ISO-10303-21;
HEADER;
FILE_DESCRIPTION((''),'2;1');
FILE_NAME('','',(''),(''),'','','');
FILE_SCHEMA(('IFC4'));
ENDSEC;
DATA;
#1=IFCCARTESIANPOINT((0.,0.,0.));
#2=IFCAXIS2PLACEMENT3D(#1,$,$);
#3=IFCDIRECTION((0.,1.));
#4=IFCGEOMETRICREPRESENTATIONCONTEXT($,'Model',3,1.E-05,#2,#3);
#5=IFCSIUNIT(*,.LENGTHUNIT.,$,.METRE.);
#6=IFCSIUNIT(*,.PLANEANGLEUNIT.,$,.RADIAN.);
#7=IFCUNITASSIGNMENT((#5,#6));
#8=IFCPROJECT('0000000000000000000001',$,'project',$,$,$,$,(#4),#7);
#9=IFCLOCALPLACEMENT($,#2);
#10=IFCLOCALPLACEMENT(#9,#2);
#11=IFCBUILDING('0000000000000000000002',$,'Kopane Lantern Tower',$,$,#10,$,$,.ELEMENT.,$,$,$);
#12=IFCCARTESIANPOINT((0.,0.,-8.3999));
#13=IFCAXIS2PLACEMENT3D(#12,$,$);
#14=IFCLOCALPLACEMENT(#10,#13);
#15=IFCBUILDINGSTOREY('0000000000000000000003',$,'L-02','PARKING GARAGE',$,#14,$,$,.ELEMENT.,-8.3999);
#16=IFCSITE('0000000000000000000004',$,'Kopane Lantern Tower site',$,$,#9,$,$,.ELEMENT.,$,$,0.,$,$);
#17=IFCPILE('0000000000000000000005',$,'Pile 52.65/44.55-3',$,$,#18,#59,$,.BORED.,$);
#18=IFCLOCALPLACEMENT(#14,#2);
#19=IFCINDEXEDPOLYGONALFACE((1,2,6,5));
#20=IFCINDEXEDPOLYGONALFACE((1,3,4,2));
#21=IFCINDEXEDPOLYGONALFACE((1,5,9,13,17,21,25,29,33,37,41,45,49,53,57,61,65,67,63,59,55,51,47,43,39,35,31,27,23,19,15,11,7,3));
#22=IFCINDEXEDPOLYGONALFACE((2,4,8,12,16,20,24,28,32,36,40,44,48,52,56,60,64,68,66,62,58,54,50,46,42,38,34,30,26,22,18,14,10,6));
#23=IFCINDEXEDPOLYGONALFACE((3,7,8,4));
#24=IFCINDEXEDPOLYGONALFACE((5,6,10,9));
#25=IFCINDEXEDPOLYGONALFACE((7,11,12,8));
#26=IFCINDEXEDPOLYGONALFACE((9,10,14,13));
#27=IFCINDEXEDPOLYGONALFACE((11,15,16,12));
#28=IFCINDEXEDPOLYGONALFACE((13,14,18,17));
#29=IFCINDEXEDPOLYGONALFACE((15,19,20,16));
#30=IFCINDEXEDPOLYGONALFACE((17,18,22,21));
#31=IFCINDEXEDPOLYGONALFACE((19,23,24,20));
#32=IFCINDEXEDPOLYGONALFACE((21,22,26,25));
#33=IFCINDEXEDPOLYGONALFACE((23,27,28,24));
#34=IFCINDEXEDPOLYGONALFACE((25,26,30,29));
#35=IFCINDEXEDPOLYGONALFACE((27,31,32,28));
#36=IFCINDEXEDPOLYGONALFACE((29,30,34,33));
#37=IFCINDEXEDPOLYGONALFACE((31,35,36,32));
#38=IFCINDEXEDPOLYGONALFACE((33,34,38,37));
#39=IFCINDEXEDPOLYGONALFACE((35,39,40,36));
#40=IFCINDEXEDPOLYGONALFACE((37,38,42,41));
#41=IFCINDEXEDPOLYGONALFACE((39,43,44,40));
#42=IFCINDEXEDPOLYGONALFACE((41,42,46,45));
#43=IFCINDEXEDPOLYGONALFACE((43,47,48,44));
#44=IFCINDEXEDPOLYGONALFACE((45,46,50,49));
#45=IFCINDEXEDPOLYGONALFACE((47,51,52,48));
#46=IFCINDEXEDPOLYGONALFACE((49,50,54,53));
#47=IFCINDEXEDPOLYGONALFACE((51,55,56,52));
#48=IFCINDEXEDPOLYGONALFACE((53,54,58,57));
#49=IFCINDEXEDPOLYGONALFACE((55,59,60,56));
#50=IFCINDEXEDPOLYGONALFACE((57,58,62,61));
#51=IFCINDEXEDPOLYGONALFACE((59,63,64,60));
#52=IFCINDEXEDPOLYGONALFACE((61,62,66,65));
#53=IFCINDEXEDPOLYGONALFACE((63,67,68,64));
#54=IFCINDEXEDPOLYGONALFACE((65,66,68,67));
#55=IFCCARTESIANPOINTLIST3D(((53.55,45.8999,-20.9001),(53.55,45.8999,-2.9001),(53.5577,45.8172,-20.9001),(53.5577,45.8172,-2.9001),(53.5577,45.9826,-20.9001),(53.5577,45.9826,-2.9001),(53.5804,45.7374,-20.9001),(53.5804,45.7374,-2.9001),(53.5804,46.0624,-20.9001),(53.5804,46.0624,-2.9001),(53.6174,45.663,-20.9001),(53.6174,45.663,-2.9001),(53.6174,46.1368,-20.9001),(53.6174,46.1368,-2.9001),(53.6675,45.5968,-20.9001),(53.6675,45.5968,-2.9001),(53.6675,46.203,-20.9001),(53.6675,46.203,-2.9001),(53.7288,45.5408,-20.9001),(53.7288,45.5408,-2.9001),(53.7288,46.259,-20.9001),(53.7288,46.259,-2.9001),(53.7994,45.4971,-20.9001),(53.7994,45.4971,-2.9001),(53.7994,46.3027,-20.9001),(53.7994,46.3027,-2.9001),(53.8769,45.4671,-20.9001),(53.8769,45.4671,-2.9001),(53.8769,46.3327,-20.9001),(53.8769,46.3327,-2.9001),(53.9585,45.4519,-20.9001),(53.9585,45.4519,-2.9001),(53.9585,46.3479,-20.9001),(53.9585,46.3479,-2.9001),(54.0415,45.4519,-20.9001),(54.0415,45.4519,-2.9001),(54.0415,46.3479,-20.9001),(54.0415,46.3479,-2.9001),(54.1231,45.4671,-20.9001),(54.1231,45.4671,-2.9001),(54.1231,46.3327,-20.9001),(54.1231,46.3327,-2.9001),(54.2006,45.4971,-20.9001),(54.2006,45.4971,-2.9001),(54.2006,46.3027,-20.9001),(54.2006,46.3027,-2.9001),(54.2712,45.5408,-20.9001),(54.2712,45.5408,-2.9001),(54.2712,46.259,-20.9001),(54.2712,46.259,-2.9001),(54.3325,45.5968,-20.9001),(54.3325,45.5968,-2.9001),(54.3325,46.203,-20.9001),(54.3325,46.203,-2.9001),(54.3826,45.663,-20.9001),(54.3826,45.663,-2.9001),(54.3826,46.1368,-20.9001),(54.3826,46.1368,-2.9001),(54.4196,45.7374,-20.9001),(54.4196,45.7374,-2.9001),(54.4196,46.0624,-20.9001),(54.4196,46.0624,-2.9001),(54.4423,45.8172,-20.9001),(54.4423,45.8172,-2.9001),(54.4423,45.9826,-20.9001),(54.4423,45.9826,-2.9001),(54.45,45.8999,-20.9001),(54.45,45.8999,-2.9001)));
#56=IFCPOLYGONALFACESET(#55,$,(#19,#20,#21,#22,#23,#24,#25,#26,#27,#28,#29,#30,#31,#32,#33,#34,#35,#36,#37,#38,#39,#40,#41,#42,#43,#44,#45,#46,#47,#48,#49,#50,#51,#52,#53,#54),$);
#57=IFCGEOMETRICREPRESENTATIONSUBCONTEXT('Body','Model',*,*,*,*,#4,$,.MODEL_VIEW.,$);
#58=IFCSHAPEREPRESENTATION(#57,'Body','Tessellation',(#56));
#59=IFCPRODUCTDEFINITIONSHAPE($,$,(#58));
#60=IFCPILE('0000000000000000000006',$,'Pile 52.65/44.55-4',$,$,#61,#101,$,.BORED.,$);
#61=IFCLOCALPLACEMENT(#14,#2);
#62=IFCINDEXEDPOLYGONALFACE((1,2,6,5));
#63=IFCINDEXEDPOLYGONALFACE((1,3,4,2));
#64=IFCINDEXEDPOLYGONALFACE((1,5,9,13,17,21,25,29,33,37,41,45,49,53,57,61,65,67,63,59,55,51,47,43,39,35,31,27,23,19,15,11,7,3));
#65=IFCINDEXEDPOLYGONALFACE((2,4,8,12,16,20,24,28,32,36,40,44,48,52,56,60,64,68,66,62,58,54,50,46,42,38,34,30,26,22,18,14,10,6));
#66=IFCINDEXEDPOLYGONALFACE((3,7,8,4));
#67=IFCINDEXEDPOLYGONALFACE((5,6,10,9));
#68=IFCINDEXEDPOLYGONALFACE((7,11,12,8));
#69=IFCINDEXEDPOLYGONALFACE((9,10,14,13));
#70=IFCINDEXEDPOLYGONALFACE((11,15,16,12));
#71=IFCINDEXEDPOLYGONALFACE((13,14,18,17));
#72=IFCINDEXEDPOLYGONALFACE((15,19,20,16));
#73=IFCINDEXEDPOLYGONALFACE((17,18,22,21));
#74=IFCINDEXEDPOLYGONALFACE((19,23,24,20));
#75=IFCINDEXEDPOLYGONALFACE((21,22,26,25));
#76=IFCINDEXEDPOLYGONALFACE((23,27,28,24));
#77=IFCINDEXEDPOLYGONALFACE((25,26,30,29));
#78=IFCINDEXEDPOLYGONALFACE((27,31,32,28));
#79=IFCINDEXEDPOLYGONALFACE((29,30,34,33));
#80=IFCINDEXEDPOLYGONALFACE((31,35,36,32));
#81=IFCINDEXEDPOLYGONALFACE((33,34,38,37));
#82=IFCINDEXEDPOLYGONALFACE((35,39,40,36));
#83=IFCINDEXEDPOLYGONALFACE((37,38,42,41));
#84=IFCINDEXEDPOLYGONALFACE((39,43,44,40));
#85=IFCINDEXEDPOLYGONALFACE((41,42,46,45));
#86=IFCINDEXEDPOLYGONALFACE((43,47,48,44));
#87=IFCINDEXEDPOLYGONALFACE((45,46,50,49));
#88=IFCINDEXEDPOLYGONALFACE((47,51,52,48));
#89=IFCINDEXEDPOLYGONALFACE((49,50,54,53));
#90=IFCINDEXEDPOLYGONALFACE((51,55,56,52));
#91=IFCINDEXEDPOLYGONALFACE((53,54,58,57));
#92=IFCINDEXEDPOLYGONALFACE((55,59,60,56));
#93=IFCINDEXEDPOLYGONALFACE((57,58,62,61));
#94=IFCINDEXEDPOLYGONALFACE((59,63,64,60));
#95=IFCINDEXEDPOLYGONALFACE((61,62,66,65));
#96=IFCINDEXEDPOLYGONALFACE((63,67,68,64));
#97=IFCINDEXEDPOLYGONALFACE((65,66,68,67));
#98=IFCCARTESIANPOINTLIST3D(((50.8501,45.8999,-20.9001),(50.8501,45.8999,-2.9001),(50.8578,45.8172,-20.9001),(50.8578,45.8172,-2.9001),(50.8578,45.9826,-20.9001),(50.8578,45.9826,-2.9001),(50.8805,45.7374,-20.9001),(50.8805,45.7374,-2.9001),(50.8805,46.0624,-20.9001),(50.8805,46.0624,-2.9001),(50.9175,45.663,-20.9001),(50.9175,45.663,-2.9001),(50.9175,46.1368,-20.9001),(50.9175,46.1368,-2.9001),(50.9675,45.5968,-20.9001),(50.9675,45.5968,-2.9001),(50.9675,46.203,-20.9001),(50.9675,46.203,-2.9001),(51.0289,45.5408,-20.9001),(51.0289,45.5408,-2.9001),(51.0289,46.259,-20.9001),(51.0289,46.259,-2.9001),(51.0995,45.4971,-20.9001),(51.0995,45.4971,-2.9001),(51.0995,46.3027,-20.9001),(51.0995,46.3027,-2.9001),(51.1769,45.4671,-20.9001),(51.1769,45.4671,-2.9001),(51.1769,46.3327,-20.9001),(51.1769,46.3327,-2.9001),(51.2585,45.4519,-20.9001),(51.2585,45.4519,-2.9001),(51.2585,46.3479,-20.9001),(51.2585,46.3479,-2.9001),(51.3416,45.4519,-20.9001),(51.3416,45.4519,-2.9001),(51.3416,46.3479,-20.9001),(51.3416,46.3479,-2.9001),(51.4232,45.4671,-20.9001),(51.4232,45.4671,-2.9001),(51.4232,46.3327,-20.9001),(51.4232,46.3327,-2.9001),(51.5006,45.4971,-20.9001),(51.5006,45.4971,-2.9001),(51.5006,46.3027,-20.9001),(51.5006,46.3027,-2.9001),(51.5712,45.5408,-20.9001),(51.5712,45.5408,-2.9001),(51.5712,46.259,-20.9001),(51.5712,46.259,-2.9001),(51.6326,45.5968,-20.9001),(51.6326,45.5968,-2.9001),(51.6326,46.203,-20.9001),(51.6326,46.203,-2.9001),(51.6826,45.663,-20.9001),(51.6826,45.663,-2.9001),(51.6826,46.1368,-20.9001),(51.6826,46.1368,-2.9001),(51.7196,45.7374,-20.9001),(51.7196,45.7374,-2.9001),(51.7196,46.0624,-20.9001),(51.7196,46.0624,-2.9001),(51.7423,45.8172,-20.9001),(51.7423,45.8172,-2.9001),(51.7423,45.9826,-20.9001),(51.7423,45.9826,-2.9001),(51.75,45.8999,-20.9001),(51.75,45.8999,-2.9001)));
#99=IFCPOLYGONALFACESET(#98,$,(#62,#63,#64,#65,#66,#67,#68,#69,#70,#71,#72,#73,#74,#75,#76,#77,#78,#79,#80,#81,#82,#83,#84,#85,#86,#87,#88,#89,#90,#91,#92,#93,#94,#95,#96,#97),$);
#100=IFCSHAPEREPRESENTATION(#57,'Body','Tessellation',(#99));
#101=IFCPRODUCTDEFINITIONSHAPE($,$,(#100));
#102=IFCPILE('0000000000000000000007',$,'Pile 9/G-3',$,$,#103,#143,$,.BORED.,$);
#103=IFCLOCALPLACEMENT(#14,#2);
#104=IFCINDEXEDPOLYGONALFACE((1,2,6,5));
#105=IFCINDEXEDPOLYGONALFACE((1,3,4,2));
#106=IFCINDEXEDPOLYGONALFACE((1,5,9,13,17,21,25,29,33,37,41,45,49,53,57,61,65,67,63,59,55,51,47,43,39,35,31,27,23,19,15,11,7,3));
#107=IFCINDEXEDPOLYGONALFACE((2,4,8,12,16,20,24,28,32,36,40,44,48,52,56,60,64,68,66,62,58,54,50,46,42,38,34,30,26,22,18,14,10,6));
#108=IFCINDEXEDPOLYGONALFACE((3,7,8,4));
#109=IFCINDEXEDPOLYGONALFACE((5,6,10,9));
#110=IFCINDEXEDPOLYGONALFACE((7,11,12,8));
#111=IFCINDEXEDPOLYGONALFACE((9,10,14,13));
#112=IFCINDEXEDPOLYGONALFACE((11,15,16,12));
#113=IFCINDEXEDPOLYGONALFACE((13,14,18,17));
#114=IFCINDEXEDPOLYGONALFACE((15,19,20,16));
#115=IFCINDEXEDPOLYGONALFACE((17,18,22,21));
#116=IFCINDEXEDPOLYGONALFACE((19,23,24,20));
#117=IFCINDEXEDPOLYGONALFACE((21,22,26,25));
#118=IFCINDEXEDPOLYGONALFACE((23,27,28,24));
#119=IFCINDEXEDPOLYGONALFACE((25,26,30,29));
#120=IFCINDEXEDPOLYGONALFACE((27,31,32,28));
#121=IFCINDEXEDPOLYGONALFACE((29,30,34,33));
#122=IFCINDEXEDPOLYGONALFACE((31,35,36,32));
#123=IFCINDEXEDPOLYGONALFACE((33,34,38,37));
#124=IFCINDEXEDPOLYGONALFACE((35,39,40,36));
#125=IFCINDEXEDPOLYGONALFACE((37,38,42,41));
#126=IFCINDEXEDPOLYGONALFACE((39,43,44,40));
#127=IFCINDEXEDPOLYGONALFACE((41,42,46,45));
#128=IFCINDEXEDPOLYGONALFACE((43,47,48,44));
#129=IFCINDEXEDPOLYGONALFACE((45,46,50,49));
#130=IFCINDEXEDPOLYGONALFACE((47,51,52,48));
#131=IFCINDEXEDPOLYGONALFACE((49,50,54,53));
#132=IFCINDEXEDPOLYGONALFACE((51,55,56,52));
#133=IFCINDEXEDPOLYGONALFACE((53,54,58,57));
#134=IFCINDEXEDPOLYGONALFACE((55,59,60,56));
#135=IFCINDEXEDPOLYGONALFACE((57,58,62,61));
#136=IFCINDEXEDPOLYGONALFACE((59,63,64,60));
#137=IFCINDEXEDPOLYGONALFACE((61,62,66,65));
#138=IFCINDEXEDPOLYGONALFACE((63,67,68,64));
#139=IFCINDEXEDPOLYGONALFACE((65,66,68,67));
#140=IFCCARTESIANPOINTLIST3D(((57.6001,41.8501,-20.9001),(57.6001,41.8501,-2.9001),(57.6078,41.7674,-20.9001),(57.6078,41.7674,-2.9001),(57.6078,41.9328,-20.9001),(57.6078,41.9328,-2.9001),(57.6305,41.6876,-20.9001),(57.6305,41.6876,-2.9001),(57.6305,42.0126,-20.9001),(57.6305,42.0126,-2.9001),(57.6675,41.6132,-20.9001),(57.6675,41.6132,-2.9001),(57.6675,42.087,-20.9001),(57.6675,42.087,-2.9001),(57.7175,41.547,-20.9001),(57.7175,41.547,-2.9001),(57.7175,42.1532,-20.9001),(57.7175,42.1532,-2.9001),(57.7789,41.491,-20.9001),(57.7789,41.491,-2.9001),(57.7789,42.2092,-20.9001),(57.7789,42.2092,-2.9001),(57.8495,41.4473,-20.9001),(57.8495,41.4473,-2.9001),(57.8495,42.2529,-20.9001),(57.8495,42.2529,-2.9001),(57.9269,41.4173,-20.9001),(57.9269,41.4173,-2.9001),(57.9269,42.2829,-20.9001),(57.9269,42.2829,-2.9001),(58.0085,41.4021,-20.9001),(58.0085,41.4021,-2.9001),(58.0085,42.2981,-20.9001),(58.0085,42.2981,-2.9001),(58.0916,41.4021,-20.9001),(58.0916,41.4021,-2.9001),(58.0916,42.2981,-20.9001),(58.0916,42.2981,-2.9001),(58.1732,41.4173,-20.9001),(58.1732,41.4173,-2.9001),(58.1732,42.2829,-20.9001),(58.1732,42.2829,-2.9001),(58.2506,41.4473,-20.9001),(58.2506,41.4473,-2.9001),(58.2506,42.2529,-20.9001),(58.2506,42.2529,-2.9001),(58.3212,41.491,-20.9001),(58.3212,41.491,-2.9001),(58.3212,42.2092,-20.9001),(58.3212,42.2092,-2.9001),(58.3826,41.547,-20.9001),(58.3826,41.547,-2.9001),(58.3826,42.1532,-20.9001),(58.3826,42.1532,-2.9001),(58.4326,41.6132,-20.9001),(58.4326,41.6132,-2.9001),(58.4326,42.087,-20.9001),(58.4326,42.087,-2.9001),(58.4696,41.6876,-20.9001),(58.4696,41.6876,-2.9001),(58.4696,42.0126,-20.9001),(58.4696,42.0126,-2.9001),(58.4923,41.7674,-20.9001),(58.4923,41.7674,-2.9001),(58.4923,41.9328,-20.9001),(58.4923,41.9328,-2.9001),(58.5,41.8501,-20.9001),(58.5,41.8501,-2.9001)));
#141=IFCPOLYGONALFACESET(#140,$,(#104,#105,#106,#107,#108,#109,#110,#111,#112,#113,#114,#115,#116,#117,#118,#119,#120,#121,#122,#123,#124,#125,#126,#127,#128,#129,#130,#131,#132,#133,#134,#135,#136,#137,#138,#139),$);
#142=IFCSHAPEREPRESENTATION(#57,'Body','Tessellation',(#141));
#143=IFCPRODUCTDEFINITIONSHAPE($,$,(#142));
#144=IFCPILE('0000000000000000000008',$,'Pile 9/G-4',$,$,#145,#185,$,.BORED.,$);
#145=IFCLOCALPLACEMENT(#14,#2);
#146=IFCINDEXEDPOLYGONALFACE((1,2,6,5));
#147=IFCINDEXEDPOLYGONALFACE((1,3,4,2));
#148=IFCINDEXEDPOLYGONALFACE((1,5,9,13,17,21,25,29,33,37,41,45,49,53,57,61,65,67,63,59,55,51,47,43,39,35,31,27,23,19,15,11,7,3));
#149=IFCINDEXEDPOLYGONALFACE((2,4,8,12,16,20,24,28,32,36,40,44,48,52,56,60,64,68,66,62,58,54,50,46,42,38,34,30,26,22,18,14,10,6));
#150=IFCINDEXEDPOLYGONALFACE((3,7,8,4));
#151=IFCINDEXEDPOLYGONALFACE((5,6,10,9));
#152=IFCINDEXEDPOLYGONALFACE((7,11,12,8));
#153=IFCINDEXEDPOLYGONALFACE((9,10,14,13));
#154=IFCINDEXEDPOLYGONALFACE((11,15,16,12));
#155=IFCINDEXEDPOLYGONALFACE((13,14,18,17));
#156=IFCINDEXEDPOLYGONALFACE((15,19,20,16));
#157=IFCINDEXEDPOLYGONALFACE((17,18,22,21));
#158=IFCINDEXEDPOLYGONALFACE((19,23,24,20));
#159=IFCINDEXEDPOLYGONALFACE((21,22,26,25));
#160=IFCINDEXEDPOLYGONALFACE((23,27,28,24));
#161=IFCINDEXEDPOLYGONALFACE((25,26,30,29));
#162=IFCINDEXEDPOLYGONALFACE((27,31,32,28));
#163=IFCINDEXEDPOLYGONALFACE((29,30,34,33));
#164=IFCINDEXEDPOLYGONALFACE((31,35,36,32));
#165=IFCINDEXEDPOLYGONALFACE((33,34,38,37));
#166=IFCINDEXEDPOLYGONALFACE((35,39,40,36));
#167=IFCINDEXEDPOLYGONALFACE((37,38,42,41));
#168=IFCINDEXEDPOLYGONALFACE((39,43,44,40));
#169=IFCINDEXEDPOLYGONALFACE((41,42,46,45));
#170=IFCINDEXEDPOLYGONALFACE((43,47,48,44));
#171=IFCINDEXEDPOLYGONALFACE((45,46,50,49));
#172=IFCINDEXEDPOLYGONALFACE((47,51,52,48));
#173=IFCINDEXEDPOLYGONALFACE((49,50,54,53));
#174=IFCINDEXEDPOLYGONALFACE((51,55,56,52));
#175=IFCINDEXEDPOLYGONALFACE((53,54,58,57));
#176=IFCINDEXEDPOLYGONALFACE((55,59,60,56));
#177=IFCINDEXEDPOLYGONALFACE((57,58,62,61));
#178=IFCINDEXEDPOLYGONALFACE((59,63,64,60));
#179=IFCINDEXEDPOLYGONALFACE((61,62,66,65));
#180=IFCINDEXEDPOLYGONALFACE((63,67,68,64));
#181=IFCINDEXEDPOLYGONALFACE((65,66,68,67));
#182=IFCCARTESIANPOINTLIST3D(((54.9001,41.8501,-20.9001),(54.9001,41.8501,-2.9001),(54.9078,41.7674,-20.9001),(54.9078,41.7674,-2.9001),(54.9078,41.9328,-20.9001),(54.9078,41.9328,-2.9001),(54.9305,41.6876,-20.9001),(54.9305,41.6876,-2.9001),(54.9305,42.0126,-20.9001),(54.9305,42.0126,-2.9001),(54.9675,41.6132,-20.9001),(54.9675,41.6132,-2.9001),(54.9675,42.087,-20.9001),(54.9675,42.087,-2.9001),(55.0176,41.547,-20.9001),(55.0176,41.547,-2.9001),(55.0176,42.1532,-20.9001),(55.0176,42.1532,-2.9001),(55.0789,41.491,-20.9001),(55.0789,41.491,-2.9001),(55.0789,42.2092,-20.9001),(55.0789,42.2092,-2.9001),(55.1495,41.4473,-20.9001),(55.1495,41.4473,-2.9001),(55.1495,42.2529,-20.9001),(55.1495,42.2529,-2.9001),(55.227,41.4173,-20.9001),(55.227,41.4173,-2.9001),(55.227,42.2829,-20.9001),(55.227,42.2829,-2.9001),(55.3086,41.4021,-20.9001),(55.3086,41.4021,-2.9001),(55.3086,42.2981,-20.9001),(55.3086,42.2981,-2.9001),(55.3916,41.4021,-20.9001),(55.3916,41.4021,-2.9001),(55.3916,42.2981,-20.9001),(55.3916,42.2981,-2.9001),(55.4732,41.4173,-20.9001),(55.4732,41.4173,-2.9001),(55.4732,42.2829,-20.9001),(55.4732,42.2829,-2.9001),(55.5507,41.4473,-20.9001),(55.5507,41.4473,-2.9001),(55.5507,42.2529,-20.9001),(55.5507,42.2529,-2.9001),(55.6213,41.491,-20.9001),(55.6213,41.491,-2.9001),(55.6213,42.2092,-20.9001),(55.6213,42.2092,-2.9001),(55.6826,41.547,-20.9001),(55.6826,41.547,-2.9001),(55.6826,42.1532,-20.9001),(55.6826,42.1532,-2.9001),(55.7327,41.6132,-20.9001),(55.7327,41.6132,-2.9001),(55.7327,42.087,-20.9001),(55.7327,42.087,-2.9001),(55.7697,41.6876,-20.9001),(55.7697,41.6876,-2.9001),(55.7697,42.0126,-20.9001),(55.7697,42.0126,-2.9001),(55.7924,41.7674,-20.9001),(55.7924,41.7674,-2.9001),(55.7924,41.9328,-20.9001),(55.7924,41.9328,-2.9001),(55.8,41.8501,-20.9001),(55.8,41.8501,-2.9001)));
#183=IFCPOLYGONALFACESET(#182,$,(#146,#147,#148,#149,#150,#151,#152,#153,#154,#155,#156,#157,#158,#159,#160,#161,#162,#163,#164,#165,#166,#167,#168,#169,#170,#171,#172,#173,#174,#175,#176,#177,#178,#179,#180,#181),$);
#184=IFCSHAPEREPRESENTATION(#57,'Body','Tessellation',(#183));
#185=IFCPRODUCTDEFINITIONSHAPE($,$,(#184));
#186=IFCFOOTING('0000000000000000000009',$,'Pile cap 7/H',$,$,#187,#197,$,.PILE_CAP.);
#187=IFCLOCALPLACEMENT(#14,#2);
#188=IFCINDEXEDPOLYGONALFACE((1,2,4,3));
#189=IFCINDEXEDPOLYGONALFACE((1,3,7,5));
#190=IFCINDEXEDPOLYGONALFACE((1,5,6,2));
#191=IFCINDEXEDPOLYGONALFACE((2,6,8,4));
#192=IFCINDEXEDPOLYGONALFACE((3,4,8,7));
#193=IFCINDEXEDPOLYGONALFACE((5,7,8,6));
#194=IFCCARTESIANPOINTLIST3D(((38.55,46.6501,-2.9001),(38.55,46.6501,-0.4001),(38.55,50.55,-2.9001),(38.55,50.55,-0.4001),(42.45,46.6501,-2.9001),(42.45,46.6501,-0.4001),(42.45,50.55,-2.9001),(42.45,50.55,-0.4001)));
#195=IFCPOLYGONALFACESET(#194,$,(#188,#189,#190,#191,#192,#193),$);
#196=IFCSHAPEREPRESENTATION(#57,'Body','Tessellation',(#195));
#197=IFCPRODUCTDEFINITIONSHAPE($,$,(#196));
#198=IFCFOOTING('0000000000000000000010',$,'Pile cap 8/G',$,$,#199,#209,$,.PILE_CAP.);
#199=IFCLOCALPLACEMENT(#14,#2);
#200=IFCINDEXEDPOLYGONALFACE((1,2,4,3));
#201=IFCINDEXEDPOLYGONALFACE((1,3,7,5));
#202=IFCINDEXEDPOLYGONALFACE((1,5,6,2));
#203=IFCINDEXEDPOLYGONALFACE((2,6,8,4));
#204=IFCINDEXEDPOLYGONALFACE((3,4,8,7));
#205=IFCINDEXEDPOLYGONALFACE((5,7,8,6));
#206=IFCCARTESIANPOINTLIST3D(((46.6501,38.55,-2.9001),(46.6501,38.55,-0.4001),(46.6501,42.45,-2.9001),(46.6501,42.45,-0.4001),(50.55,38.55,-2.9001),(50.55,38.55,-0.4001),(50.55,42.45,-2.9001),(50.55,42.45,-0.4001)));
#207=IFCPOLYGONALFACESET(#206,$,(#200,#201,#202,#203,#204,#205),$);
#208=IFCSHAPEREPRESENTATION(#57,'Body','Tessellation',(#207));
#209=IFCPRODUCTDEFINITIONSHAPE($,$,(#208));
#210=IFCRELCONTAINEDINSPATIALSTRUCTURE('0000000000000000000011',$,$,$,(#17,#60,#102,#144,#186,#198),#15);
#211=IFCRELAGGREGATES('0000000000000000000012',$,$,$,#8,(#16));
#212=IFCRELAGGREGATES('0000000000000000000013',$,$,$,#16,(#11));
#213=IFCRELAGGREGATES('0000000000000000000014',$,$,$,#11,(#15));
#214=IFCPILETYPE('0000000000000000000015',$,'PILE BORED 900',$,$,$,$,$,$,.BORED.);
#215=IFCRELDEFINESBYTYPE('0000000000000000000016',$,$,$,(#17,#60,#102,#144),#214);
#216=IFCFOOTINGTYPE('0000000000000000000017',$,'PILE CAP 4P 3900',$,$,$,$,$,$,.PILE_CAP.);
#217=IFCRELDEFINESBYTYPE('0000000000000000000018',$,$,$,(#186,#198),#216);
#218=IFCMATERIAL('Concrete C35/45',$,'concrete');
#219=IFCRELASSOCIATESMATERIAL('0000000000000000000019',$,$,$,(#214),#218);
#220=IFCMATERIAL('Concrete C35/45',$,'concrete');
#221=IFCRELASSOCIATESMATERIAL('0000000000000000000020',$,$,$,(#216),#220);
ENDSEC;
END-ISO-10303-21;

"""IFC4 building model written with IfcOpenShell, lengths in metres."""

from ifc_helpers import new_model, si_unit, direction, frame, origin, origin_2d, place, context, subcontext, project, spatial, rectangle, circle, extrude, material, material_profile, profile_set, type_object, element, save


model = new_model("IFC4")

# Units and contexts
model_context = context("Model", 3, precision=1e-05, world=origin(), true_north=direction((0.0, 1.0)))
body_context = subcontext(model_context, "Body", "Model", "MODEL_VIEW")
ifc_project = project(units=[si_unit("LENGTHUNIT", "METRE"), si_unit("PLANEANGLEUNIT", "RADIAN")], contexts=[model_context])

# Site, building, storey
site_placement = place(None, origin())
site = spatial("IfcSite", under=ifc_project, at=site_placement, Name="Kopane Lantern Tower site", CompositionType="ELEMENT", RefElevation=0.0)
building_placement = place(site_placement, origin())
building = spatial("IfcBuilding", under=site, at=building_placement, Name="Kopane Lantern Tower", CompositionType="ELEMENT")
storey_placement = place(building_placement, frame((0.0, 0.0, -8.3999)))
storey = spatial("IfcBuildingStorey", under=building, at=storey_placement, Name="L-02", Description="PARKING GARAGE", CompositionType="ELEMENT", Elevation=-8.3999)

# Piles
ifc_material_1 = material(Name="Concrete C35/45", Category="concrete")
ifc_material_profile_1 = material_profile(ifc_material_1, circle(Radius=0.45, at=origin_2d()), Name="D900")
ifc_profile_set_1 = profile_set([ifc_material_profile_1], Name="Concrete C35/45")
pile_type_1 = type_object("IfcPileType", Name="PILE BORED 900", PredefinedType="BORED", material=ifc_profile_set_1)
for number, where, z_axis, x_axis, name in (
    (1, (54.0, 45.8999, -2.9001), (0.0, 0.0, -1.0), (1.0, 0.0, 0.0), "Pile 52.65/44.55-3"),
    (2, (51.3, 45.8999, -2.9001), (0.0, 0.0, -1.0), (1.0, 0.0, 0.0), "Pile 52.65/44.55-4"),
    (3, (58.05, 41.8501, -2.9001), (0.0, 0.0, -1.0), (1.0, 0.0, 0.0), "Pile 9/G-3"),
    (4, (55.3501, 41.8501, -2.9001), (0.0, 0.0, -1.0), (1.0, 0.0, 0.0), "Pile 9/G-4"),
):
    element("IfcPile", number, at=place(storey_placement, frame(where, z_axis=z_axis, x_axis=x_axis)), inside=storey, type_object=pile_type_1, Name=name, PredefinedType="BORED", context=body_context, shape_type="SweptSolid", body=[
        extrude(circle(Radius=0.45, at=origin_2d()), origin(), (0.0, 0.0, 1.0), 18.0),
    ])

# Footings
ifc_material_2 = material(Name="Concrete C35/45", Category="concrete")
footing_type_1 = type_object("IfcFootingType", Name="PILE CAP 4P 3900", PredefinedType="PILE_CAP", material=ifc_material_2)
for number, where, z_axis, x_axis, name in (
    (5, (40.5, 48.6001, -2.9001), (0.0, 0.0, 1.0), (1.0, 0.0, 0.0), "Pile cap 7/H"),
    (6, (48.6001, 40.5, -2.9001), (0.0, 0.0, 1.0), (1.0, 0.0, 0.0), "Pile cap 8/G"),
):
    element("IfcFooting", number, at=place(storey_placement, frame(where, z_axis=z_axis, x_axis=x_axis)), inside=storey, type_object=footing_type_1, Name=name, PredefinedType="PILE_CAP", context=body_context, shape_type="SweptSolid", body=[
        extrude(rectangle(XDim=3.8999, YDim=3.8999, at=origin_2d()), origin(), (0.0, 0.0, 1.0), 2.5),
    ])

save(model, "model.ifc")
